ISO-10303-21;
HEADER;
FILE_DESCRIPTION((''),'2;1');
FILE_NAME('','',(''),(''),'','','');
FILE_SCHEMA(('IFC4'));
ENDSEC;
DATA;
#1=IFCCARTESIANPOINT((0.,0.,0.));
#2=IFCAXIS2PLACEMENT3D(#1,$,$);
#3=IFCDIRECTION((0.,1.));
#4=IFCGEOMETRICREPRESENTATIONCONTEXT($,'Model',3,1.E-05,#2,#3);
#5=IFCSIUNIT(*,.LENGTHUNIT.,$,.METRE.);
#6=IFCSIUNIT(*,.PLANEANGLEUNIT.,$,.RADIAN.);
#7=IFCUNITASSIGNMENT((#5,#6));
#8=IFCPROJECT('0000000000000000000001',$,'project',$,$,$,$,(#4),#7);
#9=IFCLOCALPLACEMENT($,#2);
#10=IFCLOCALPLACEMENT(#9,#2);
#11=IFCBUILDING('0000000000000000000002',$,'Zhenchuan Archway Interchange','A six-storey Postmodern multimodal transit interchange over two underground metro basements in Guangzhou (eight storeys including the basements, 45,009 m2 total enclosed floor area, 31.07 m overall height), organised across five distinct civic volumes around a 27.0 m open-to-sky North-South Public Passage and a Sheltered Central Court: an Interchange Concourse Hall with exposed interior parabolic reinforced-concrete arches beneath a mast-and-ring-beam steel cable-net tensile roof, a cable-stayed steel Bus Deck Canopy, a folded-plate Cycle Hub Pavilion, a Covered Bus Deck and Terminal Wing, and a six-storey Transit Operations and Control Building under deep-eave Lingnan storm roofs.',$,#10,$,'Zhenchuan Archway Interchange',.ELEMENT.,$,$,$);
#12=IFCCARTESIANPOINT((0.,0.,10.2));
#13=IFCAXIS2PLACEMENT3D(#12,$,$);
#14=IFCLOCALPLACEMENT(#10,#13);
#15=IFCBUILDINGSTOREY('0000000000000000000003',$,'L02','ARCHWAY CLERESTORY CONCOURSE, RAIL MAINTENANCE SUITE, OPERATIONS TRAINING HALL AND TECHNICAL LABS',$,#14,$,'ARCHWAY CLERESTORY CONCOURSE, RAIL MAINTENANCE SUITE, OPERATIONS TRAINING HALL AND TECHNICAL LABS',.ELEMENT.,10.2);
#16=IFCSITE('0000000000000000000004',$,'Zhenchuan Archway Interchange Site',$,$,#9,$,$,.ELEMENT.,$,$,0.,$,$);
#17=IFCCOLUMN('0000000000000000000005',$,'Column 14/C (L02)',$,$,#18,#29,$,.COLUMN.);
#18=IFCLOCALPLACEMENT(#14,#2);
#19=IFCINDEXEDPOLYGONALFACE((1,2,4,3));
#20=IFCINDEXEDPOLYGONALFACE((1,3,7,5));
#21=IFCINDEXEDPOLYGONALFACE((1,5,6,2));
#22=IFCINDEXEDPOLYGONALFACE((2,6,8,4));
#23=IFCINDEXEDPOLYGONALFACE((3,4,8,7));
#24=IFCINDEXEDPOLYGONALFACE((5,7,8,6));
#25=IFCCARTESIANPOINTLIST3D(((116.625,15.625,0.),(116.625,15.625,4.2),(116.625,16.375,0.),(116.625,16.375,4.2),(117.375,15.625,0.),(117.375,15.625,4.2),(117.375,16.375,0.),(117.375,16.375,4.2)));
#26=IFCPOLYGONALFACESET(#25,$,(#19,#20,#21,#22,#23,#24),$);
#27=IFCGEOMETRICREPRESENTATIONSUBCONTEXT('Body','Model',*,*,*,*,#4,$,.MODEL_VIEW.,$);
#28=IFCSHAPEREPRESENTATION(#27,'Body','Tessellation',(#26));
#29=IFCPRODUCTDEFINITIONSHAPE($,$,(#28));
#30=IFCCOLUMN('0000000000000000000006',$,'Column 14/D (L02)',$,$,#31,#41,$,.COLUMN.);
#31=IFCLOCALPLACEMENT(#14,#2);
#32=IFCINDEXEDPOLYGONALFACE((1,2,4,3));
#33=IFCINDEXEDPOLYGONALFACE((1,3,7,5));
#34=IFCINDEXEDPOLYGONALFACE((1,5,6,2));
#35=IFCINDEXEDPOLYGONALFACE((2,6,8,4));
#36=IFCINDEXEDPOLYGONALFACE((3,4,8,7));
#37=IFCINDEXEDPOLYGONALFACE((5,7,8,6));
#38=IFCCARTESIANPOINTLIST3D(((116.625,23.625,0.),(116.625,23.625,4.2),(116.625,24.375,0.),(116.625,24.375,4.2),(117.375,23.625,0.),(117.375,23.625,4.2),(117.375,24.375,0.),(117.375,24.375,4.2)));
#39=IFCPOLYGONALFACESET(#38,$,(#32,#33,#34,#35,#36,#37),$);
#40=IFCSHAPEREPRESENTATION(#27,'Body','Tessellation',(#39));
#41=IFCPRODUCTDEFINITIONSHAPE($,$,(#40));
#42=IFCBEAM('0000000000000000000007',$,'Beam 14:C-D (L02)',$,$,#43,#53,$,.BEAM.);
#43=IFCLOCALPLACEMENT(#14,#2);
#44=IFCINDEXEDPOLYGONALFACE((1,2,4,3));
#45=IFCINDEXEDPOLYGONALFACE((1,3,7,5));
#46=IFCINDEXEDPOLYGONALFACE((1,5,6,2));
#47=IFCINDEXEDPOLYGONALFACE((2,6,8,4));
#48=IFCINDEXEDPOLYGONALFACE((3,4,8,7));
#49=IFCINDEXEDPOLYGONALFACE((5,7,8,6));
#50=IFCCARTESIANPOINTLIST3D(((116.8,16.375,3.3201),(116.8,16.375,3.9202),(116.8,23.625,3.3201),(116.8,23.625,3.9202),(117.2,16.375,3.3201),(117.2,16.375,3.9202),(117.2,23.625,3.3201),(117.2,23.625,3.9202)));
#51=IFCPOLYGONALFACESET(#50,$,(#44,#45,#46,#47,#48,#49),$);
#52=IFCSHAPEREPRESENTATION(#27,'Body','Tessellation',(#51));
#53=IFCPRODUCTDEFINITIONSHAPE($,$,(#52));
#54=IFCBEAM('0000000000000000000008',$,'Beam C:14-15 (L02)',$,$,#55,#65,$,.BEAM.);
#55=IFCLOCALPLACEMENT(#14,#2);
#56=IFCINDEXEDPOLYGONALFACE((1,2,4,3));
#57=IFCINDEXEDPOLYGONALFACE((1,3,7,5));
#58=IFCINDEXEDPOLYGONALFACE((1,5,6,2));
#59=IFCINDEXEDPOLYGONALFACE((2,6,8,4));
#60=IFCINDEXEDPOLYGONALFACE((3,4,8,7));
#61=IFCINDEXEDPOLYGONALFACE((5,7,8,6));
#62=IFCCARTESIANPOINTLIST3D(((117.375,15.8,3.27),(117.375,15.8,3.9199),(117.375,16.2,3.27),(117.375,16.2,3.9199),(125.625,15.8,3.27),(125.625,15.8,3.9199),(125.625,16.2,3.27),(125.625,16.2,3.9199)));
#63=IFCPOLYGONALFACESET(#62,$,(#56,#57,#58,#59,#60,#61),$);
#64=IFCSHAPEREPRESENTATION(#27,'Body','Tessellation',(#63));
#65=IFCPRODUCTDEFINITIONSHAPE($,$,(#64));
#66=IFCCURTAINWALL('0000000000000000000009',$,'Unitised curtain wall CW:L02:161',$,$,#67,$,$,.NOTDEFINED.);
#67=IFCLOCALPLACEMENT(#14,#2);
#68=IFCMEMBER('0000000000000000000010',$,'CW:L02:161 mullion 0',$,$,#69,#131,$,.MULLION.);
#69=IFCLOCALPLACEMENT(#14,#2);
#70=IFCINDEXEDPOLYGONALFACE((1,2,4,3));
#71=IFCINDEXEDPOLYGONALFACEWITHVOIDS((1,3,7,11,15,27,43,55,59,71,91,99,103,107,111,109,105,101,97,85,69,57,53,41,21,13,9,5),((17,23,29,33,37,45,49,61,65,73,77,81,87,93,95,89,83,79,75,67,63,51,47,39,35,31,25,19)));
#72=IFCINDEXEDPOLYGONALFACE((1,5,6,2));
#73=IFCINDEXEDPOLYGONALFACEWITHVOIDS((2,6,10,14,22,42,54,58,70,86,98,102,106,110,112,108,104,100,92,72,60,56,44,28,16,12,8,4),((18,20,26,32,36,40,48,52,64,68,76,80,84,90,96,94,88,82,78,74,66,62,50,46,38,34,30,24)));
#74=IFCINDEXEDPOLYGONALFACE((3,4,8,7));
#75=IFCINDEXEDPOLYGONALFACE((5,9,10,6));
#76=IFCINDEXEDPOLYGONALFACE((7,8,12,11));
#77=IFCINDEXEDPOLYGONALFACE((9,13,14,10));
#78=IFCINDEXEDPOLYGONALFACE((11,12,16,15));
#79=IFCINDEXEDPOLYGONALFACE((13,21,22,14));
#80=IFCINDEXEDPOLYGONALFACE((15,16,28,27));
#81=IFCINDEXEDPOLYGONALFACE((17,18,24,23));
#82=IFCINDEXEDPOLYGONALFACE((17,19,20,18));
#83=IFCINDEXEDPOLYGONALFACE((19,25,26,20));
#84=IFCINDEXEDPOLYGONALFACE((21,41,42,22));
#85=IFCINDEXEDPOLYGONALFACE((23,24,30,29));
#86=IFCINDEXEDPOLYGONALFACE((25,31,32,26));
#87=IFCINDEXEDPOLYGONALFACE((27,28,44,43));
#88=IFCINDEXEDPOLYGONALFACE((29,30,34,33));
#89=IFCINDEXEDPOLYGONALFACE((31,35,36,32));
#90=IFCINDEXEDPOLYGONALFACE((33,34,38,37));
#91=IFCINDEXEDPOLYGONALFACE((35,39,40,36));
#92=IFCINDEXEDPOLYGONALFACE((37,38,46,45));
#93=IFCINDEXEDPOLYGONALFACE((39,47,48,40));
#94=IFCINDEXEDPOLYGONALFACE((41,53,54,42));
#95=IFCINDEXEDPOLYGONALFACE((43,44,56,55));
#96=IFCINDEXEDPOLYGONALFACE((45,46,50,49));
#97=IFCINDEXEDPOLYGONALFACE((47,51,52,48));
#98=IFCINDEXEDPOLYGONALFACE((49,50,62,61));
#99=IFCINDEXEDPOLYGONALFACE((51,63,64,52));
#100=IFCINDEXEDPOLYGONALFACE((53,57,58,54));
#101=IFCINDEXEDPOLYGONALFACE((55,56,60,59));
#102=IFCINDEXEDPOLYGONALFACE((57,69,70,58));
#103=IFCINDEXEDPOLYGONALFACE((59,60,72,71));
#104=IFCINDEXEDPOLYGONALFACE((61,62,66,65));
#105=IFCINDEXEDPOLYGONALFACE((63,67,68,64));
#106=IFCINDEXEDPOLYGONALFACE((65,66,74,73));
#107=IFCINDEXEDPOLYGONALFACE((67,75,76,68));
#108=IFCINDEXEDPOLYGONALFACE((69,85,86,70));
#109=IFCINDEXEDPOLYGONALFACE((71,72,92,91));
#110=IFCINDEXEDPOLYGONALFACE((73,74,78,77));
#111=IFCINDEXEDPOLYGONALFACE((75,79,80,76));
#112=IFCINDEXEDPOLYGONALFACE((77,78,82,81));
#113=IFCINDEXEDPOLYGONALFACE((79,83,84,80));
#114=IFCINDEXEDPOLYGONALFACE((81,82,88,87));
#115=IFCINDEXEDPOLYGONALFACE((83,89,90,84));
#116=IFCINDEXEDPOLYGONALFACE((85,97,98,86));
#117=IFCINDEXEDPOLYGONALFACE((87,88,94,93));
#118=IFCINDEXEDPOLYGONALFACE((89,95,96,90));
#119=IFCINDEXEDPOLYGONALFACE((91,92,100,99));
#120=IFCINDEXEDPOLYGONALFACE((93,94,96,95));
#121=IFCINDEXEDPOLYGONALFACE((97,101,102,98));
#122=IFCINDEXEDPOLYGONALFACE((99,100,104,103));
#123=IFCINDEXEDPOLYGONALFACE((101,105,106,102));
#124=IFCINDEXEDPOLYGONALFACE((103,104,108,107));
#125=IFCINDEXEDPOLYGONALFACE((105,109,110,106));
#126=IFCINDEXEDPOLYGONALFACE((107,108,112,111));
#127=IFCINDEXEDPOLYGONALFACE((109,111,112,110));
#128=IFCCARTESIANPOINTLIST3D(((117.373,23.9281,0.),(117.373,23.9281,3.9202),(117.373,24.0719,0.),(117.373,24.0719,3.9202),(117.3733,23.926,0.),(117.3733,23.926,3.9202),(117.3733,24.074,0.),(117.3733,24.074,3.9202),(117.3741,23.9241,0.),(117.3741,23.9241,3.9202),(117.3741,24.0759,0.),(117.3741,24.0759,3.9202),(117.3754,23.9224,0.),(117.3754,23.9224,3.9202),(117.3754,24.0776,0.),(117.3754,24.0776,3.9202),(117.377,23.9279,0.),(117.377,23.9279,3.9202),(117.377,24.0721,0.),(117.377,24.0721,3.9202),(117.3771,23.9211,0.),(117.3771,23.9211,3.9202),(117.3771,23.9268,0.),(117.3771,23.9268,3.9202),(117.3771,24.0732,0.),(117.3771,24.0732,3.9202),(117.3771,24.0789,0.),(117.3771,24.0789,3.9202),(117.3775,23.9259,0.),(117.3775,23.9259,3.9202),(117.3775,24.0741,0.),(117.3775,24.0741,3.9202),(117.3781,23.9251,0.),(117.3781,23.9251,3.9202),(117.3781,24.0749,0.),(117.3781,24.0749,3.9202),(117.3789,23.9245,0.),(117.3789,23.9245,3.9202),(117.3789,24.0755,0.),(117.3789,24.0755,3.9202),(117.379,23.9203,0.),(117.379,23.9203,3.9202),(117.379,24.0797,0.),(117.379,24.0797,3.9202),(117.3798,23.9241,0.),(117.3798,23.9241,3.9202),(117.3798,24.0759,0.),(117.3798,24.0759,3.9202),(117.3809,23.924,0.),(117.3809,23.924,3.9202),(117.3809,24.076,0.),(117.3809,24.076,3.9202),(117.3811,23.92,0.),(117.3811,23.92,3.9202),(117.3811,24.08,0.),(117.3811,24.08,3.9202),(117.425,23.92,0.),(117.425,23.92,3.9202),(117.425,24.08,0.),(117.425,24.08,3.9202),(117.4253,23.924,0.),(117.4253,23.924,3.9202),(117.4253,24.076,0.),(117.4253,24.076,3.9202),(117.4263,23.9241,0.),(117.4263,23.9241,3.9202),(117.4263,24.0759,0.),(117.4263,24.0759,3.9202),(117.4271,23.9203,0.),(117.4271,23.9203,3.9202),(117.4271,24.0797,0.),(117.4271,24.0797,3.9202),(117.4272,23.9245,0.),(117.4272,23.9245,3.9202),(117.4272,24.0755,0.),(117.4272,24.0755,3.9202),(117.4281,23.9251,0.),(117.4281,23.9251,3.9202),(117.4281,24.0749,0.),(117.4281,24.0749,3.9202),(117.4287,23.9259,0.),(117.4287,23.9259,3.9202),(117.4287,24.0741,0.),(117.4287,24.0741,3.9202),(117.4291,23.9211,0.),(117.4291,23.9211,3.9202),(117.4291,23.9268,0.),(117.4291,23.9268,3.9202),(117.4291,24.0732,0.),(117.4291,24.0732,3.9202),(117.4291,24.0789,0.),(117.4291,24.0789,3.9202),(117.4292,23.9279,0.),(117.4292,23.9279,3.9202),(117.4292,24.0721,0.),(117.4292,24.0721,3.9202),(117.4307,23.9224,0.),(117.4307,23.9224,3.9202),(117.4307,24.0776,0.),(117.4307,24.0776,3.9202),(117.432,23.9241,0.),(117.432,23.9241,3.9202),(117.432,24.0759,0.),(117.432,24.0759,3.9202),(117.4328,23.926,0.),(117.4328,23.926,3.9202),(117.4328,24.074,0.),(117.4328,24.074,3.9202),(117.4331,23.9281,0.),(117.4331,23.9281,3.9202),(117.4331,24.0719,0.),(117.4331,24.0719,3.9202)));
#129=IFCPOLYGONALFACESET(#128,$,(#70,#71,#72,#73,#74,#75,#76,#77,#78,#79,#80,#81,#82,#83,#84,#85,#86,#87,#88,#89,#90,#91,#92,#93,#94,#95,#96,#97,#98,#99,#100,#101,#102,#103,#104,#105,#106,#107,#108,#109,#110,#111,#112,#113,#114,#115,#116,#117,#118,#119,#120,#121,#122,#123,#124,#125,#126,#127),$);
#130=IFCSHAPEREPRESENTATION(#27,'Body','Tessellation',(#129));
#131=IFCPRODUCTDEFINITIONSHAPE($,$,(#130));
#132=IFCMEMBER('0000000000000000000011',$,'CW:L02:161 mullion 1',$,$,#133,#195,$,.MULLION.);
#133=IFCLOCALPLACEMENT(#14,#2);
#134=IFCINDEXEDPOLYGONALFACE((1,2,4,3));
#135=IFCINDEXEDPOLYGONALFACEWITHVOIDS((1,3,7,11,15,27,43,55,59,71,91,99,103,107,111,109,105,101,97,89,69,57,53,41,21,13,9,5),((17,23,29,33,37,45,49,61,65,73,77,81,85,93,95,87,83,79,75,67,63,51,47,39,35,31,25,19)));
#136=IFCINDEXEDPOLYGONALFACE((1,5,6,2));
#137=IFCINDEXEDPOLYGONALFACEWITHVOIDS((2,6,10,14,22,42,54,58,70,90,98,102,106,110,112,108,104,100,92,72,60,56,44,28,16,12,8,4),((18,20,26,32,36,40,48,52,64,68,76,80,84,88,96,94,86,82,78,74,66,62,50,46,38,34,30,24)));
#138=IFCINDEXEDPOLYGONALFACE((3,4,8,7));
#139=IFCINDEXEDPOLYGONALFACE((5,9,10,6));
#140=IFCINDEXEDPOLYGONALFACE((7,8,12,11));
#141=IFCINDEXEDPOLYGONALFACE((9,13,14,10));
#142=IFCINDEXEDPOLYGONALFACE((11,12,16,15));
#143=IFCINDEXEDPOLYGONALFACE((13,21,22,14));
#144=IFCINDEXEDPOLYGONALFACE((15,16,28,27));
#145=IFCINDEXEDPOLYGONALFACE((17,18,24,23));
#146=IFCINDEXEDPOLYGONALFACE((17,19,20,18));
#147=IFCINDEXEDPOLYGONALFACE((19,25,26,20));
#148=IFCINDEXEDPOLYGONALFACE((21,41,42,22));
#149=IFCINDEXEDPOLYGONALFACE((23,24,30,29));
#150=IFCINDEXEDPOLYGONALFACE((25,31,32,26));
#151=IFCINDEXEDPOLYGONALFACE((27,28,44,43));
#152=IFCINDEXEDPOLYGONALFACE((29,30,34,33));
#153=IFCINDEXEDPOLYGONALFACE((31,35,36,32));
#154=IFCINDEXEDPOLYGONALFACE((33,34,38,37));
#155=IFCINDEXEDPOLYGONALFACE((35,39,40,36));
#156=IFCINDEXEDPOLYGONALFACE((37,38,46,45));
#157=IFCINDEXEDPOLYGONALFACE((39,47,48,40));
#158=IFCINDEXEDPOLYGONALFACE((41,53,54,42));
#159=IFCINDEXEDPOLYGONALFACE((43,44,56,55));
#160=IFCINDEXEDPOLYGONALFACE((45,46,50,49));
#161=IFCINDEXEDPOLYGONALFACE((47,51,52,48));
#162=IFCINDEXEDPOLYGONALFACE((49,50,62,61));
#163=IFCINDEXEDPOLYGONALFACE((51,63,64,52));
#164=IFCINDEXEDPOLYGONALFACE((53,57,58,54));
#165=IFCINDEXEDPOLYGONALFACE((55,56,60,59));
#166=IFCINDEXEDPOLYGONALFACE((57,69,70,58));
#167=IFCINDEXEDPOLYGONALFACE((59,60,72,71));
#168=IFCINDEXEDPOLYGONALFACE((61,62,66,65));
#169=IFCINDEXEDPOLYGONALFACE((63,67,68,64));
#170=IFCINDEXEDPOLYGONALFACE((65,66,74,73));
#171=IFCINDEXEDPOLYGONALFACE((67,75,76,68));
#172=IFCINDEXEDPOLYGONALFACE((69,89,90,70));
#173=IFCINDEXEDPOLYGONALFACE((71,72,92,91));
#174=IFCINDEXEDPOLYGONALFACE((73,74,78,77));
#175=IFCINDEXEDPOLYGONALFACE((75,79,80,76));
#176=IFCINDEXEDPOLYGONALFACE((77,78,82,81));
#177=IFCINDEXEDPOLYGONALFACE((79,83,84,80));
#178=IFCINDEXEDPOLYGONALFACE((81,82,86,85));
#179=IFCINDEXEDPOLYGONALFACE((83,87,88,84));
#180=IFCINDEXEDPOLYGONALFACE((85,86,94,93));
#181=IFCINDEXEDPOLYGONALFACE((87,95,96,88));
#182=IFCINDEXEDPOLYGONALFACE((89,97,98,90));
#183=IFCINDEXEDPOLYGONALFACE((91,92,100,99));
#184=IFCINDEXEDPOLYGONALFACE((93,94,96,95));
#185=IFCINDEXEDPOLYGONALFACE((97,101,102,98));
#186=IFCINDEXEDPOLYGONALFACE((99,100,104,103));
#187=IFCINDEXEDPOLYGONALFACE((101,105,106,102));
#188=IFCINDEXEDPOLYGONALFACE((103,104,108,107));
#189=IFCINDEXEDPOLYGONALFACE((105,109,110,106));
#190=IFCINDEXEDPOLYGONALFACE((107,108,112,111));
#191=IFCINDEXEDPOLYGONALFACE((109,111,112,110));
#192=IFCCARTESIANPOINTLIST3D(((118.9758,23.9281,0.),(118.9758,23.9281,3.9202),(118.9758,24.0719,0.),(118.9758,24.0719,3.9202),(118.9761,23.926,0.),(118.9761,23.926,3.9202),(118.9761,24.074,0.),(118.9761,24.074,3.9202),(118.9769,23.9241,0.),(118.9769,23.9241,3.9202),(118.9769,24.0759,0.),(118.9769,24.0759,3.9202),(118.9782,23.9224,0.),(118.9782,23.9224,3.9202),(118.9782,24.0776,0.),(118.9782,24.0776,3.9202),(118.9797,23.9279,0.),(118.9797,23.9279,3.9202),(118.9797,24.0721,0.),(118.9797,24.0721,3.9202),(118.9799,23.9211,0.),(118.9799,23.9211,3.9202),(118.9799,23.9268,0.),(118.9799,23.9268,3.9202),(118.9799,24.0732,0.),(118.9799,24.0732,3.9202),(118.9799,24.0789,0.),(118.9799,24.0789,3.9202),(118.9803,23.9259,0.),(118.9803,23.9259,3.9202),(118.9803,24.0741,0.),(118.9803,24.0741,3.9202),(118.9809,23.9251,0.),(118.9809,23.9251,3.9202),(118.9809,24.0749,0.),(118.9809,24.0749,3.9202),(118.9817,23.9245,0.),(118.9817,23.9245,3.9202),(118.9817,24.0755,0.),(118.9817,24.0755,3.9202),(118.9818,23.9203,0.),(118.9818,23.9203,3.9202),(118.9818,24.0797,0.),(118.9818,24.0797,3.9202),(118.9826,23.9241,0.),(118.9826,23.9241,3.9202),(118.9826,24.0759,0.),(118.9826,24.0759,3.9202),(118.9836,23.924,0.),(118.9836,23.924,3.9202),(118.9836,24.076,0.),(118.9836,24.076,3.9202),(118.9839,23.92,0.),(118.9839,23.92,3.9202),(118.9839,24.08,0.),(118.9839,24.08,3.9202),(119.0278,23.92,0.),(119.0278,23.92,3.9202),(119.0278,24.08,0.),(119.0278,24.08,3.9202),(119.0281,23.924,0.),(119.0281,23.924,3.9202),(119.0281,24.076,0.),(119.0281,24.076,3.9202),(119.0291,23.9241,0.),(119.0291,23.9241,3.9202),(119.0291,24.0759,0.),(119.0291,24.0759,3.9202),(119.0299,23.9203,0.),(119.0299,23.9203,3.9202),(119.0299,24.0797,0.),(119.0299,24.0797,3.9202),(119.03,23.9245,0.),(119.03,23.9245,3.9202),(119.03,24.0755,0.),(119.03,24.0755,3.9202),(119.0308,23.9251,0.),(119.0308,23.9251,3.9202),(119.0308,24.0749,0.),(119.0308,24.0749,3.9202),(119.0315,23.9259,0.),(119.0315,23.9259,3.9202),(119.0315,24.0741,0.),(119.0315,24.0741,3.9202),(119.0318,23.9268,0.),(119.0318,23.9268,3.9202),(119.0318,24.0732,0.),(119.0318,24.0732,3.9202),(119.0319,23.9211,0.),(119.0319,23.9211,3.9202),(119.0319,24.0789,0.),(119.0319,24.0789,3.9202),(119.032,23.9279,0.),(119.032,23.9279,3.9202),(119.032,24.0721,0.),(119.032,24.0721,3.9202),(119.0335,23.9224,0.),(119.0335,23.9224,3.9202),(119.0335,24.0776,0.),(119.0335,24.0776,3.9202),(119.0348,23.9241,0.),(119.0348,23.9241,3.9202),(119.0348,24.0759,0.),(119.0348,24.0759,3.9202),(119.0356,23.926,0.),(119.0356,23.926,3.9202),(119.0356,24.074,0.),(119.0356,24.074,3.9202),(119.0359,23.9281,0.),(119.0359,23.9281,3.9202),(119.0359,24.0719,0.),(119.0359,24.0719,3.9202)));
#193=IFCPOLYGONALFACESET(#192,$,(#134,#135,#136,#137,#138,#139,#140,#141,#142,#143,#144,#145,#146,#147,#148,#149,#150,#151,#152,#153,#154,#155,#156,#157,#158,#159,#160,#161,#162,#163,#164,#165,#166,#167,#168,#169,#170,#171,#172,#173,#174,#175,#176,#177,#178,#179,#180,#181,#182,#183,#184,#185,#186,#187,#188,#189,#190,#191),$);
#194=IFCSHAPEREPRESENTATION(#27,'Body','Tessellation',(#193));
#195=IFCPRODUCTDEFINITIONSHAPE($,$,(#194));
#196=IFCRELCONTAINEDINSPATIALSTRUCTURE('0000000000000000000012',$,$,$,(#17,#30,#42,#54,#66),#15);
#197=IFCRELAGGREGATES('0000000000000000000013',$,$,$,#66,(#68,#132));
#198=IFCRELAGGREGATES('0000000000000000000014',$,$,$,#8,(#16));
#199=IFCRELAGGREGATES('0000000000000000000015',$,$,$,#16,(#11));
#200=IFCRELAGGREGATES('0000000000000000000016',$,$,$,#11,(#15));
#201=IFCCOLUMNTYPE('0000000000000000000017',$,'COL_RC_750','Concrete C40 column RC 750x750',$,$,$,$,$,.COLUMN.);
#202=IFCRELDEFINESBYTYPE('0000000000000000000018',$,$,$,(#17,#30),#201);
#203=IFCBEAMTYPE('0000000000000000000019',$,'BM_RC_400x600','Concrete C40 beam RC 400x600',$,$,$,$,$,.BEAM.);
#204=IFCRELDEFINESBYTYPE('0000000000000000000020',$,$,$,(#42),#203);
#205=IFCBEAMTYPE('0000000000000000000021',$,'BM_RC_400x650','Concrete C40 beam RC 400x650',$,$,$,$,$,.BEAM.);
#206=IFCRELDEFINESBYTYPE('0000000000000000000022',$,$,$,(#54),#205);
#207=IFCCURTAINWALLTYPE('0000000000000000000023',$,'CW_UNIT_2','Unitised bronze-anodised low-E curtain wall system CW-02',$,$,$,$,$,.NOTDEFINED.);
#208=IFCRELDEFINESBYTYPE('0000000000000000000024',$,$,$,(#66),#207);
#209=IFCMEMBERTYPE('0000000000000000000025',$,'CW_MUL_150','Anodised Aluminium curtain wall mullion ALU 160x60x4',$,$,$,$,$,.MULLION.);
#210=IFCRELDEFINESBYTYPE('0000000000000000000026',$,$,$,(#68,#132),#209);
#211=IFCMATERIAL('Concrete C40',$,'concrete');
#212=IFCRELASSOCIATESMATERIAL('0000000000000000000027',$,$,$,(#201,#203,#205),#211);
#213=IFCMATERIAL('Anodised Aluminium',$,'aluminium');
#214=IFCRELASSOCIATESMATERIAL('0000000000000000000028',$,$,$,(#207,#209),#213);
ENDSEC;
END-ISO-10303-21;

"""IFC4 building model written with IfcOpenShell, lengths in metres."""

from ifc_helpers import new_model, si_unit, direction, frame, origin, origin_2d, place, context, subcontext, project, spatial, rectangle, hollow_rectangle, extrude, material, material_profile, profile_set, type_object, element, aggregate, save


model = new_model("IFC4")

# Units and contexts
model_context = context("Model", 3, precision=1e-05, world=origin(), true_north=direction((0.0, 1.0)))
body_context = subcontext(model_context, "Body", "Model", "MODEL_VIEW")
ifc_project = project(units=[si_unit("LENGTHUNIT", "METRE"), si_unit("PLANEANGLEUNIT", "RADIAN")], contexts=[model_context])

# Site, building, storey
site_placement = place(None, origin())
site = spatial("IfcSite", under=ifc_project, at=site_placement, Name="Zhenchuan Archway Interchange Site", CompositionType="ELEMENT", RefElevation=0.0)
building_placement = place(site_placement, origin())
building = spatial("IfcBuilding", under=site, at=building_placement, Name="Zhenchuan Archway Interchange", Description="A six-storey Postmodern multimodal transit interchange over two underground metro basements in Guangzhou (eight storeys including the basements, 45,009 m2 total enclosed floor area, 31.07 m overall height), organised across five distinct civic volumes around a 27.0 m open-to-sky North-South Public Passage and a Sheltered Central Court: an Interchange Concourse Hall with exposed interior parabolic reinforced-concrete arches beneath a mast-and-ring-beam steel cable-net tensile roof, a cable-stayed steel Bus Deck Canopy, a folded-plate Cycle Hub Pavilion, a Covered Bus Deck and Terminal Wing, and a six-storey Transit Operations and Control Building under deep-eave Lingnan storm roofs.", LongName="Zhenchuan Archway Interchange", CompositionType="ELEMENT")
storey_placement = place(building_placement, frame((0.0, 0.0, 10.2)))
storey = spatial("IfcBuildingStorey", under=building, at=storey_placement, Name="L02", Description="ARCHWAY CLERESTORY CONCOURSE, RAIL MAINTENANCE SUITE, OPERATIONS TRAINING HALL AND TECHNICAL LABS", LongName="ARCHWAY CLERESTORY CONCOURSE, RAIL MAINTENANCE SUITE, OPERATIONS TRAINING HALL AND TECHNICAL LABS", CompositionType="ELEMENT", Elevation=10.2)

# Columns
ifc_material_1 = material(Name="Concrete C40", Category="concrete")
ifc_material_profile_1 = material_profile(ifc_material_1, rectangle(XDim=0.75, YDim=0.75, at=origin_2d()), Name="RC 750x750")
ifc_profile_set_1 = profile_set([ifc_material_profile_1], Name="Concrete C40")
column_type = type_object("IfcColumnType", Name="COL_RC_750", Description="Concrete C40 column RC 750x750", PredefinedType="COLUMN", material=ifc_profile_set_1)
for number, where, z_axis, x_axis, name in (
    (1, (117.0, 16.0, 0.0), (0.0, 0.0, 1.0), (1.0, 0.0, 0.0), "Column 14/C (L02)"),
    (2, (117.0, 24.0, 0.0), (0.0, 0.0, 1.0), (1.0, 0.0, 0.0), "Column 14/D (L02)"),
):
    element("IfcColumn", number, at=place(storey_placement, frame(where, z_axis=z_axis, x_axis=x_axis)), inside=storey, type_object=column_type, Name=name, PredefinedType="COLUMN", context=body_context, shape_type="SweptSolid", body=[
        extrude(rectangle(XDim=0.75, YDim=0.75, at=origin_2d()), origin(), (0.0, 0.0, 1.0), 4.2),
    ])

# Beams
ifc_material_profile_2 = material_profile(ifc_material_1, rectangle(XDim=0.3999, YDim=0.6001, at=origin_2d()), Name="RC 400x600")
ifc_profile_set_2 = profile_set([ifc_material_profile_2], Name="Concrete C40")
beam_type_1 = type_object("IfcBeamType", Name="BM_RC_400x600", Description="Concrete C40 beam RC 400x600", PredefinedType="BEAM", material=ifc_profile_set_2)
beam_1_placement = place(storey_placement, frame((117.0, 16.375, 3.6201), z_axis=(0.0, 1.0, 0.0), x_axis=(-1.0, 0.0, 0.0)))
element("IfcBeam", 3, at=beam_1_placement, inside=storey, type_object=beam_type_1, Name="Beam 14:C-D (L02)", PredefinedType="BEAM", context=body_context, shape_type="SweptSolid", body=[
    extrude(rectangle(XDim=0.3999, YDim=0.6001, at=origin_2d()), origin(), (0.0, 0.0, 1.0), 7.25),
])
ifc_material_profile_3 = material_profile(ifc_material_1, rectangle(XDim=0.3999, YDim=0.6499, at=origin_2d()), Name="RC 400x650")
ifc_profile_set_3 = profile_set([ifc_material_profile_3], Name="Concrete C40")
beam_type_2 = type_object("IfcBeamType", Name="BM_RC_400x650", Description="Concrete C40 beam RC 400x650", PredefinedType="BEAM", material=ifc_profile_set_3)
beam_2_placement = place(storey_placement, frame((117.375, 16.0, 3.595), z_axis=(1.0, 0.0, 0.0), x_axis=(0.0, 1.0, 0.0)))
element("IfcBeam", 4, at=beam_2_placement, inside=storey, type_object=beam_type_2, Name="Beam C:14-15 (L02)", PredefinedType="BEAM", context=body_context, shape_type="SweptSolid", body=[
    extrude(rectangle(XDim=0.3999, YDim=0.6499, at=origin_2d()), origin(), (0.0, 0.0, 1.0), 8.25),
])

# Curtain wall, members
ifc_material_2 = material(Name="Anodised Aluminium", Category="aluminium")
curtain_wall_type = type_object("IfcCurtainWallType", Name="CW_UNIT_2", Description="Unitised bronze-anodised low-E curtain wall system CW-02", PredefinedType="NOTDEFINED", material=ifc_material_2)
curtain_wall_placement = place(storey_placement, origin())
curtain_wall = element("IfcCurtainWall", 5, at=curtain_wall_placement, inside=storey, type_object=curtain_wall_type, Name="Unitised curtain wall CW:L02:161", PredefinedType="NOTDEFINED")
ifc_material_profile_4 = material_profile(ifc_material_2, hollow_rectangle(XDim=0.0601, YDim=0.1599, WallThickness=0.0039, InnerFilletRadius=0.0039, OuterFilletRadius=0.0081, at=origin_2d()), Name="ALU 160x60x4")
ifc_profile_set_4 = profile_set([ifc_material_profile_4], Name="Anodised Aluminium")
member_type_1 = type_object("IfcMemberType", Name="CW_MUL_150", Description="Anodised Aluminium curtain wall mullion ALU 160x60x4", PredefinedType="MULLION", material=ifc_profile_set_4)
member_1_placement = place(storey_placement, frame((117.4031, 24.0, 0.0), z_axis=(0.0, 0.0, 1.0), x_axis=(1.0, 0.0, 0.0)))
member_1 = element("IfcMember", 6, at=member_1_placement, type_object=member_type_1, Name="CW:L02:161 mullion 0", PredefinedType="MULLION", context=body_context, shape_type="SweptSolid", body=[
    extrude(hollow_rectangle(XDim=0.0601, YDim=0.1599, WallThickness=0.0039, InnerFilletRadius=0.0039, OuterFilletRadius=0.0081, at=origin_2d()), origin(), (0.0, 0.0, 1.0), 3.9202),
])
member_2_placement = place(storey_placement, frame((119.0059, 24.0, 0.0), z_axis=(0.0, 0.0, 1.0), x_axis=(1.0, 0.0, 0.0)))
member_2 = element("IfcMember", 7, at=member_2_placement, type_object=member_type_1, Name="CW:L02:161 mullion 1", PredefinedType="MULLION", context=body_context, shape_type="SweptSolid", body=[
    extrude(hollow_rectangle(XDim=0.0601, YDim=0.1599, WallThickness=0.0039, InnerFilletRadius=0.0039, OuterFilletRadius=0.0081, at=origin_2d()), origin(), (0.0, 0.0, 1.0), 3.9202),
])

aggregate(curtain_wall, [member_1, member_2])

save(model, "model.ifc")
